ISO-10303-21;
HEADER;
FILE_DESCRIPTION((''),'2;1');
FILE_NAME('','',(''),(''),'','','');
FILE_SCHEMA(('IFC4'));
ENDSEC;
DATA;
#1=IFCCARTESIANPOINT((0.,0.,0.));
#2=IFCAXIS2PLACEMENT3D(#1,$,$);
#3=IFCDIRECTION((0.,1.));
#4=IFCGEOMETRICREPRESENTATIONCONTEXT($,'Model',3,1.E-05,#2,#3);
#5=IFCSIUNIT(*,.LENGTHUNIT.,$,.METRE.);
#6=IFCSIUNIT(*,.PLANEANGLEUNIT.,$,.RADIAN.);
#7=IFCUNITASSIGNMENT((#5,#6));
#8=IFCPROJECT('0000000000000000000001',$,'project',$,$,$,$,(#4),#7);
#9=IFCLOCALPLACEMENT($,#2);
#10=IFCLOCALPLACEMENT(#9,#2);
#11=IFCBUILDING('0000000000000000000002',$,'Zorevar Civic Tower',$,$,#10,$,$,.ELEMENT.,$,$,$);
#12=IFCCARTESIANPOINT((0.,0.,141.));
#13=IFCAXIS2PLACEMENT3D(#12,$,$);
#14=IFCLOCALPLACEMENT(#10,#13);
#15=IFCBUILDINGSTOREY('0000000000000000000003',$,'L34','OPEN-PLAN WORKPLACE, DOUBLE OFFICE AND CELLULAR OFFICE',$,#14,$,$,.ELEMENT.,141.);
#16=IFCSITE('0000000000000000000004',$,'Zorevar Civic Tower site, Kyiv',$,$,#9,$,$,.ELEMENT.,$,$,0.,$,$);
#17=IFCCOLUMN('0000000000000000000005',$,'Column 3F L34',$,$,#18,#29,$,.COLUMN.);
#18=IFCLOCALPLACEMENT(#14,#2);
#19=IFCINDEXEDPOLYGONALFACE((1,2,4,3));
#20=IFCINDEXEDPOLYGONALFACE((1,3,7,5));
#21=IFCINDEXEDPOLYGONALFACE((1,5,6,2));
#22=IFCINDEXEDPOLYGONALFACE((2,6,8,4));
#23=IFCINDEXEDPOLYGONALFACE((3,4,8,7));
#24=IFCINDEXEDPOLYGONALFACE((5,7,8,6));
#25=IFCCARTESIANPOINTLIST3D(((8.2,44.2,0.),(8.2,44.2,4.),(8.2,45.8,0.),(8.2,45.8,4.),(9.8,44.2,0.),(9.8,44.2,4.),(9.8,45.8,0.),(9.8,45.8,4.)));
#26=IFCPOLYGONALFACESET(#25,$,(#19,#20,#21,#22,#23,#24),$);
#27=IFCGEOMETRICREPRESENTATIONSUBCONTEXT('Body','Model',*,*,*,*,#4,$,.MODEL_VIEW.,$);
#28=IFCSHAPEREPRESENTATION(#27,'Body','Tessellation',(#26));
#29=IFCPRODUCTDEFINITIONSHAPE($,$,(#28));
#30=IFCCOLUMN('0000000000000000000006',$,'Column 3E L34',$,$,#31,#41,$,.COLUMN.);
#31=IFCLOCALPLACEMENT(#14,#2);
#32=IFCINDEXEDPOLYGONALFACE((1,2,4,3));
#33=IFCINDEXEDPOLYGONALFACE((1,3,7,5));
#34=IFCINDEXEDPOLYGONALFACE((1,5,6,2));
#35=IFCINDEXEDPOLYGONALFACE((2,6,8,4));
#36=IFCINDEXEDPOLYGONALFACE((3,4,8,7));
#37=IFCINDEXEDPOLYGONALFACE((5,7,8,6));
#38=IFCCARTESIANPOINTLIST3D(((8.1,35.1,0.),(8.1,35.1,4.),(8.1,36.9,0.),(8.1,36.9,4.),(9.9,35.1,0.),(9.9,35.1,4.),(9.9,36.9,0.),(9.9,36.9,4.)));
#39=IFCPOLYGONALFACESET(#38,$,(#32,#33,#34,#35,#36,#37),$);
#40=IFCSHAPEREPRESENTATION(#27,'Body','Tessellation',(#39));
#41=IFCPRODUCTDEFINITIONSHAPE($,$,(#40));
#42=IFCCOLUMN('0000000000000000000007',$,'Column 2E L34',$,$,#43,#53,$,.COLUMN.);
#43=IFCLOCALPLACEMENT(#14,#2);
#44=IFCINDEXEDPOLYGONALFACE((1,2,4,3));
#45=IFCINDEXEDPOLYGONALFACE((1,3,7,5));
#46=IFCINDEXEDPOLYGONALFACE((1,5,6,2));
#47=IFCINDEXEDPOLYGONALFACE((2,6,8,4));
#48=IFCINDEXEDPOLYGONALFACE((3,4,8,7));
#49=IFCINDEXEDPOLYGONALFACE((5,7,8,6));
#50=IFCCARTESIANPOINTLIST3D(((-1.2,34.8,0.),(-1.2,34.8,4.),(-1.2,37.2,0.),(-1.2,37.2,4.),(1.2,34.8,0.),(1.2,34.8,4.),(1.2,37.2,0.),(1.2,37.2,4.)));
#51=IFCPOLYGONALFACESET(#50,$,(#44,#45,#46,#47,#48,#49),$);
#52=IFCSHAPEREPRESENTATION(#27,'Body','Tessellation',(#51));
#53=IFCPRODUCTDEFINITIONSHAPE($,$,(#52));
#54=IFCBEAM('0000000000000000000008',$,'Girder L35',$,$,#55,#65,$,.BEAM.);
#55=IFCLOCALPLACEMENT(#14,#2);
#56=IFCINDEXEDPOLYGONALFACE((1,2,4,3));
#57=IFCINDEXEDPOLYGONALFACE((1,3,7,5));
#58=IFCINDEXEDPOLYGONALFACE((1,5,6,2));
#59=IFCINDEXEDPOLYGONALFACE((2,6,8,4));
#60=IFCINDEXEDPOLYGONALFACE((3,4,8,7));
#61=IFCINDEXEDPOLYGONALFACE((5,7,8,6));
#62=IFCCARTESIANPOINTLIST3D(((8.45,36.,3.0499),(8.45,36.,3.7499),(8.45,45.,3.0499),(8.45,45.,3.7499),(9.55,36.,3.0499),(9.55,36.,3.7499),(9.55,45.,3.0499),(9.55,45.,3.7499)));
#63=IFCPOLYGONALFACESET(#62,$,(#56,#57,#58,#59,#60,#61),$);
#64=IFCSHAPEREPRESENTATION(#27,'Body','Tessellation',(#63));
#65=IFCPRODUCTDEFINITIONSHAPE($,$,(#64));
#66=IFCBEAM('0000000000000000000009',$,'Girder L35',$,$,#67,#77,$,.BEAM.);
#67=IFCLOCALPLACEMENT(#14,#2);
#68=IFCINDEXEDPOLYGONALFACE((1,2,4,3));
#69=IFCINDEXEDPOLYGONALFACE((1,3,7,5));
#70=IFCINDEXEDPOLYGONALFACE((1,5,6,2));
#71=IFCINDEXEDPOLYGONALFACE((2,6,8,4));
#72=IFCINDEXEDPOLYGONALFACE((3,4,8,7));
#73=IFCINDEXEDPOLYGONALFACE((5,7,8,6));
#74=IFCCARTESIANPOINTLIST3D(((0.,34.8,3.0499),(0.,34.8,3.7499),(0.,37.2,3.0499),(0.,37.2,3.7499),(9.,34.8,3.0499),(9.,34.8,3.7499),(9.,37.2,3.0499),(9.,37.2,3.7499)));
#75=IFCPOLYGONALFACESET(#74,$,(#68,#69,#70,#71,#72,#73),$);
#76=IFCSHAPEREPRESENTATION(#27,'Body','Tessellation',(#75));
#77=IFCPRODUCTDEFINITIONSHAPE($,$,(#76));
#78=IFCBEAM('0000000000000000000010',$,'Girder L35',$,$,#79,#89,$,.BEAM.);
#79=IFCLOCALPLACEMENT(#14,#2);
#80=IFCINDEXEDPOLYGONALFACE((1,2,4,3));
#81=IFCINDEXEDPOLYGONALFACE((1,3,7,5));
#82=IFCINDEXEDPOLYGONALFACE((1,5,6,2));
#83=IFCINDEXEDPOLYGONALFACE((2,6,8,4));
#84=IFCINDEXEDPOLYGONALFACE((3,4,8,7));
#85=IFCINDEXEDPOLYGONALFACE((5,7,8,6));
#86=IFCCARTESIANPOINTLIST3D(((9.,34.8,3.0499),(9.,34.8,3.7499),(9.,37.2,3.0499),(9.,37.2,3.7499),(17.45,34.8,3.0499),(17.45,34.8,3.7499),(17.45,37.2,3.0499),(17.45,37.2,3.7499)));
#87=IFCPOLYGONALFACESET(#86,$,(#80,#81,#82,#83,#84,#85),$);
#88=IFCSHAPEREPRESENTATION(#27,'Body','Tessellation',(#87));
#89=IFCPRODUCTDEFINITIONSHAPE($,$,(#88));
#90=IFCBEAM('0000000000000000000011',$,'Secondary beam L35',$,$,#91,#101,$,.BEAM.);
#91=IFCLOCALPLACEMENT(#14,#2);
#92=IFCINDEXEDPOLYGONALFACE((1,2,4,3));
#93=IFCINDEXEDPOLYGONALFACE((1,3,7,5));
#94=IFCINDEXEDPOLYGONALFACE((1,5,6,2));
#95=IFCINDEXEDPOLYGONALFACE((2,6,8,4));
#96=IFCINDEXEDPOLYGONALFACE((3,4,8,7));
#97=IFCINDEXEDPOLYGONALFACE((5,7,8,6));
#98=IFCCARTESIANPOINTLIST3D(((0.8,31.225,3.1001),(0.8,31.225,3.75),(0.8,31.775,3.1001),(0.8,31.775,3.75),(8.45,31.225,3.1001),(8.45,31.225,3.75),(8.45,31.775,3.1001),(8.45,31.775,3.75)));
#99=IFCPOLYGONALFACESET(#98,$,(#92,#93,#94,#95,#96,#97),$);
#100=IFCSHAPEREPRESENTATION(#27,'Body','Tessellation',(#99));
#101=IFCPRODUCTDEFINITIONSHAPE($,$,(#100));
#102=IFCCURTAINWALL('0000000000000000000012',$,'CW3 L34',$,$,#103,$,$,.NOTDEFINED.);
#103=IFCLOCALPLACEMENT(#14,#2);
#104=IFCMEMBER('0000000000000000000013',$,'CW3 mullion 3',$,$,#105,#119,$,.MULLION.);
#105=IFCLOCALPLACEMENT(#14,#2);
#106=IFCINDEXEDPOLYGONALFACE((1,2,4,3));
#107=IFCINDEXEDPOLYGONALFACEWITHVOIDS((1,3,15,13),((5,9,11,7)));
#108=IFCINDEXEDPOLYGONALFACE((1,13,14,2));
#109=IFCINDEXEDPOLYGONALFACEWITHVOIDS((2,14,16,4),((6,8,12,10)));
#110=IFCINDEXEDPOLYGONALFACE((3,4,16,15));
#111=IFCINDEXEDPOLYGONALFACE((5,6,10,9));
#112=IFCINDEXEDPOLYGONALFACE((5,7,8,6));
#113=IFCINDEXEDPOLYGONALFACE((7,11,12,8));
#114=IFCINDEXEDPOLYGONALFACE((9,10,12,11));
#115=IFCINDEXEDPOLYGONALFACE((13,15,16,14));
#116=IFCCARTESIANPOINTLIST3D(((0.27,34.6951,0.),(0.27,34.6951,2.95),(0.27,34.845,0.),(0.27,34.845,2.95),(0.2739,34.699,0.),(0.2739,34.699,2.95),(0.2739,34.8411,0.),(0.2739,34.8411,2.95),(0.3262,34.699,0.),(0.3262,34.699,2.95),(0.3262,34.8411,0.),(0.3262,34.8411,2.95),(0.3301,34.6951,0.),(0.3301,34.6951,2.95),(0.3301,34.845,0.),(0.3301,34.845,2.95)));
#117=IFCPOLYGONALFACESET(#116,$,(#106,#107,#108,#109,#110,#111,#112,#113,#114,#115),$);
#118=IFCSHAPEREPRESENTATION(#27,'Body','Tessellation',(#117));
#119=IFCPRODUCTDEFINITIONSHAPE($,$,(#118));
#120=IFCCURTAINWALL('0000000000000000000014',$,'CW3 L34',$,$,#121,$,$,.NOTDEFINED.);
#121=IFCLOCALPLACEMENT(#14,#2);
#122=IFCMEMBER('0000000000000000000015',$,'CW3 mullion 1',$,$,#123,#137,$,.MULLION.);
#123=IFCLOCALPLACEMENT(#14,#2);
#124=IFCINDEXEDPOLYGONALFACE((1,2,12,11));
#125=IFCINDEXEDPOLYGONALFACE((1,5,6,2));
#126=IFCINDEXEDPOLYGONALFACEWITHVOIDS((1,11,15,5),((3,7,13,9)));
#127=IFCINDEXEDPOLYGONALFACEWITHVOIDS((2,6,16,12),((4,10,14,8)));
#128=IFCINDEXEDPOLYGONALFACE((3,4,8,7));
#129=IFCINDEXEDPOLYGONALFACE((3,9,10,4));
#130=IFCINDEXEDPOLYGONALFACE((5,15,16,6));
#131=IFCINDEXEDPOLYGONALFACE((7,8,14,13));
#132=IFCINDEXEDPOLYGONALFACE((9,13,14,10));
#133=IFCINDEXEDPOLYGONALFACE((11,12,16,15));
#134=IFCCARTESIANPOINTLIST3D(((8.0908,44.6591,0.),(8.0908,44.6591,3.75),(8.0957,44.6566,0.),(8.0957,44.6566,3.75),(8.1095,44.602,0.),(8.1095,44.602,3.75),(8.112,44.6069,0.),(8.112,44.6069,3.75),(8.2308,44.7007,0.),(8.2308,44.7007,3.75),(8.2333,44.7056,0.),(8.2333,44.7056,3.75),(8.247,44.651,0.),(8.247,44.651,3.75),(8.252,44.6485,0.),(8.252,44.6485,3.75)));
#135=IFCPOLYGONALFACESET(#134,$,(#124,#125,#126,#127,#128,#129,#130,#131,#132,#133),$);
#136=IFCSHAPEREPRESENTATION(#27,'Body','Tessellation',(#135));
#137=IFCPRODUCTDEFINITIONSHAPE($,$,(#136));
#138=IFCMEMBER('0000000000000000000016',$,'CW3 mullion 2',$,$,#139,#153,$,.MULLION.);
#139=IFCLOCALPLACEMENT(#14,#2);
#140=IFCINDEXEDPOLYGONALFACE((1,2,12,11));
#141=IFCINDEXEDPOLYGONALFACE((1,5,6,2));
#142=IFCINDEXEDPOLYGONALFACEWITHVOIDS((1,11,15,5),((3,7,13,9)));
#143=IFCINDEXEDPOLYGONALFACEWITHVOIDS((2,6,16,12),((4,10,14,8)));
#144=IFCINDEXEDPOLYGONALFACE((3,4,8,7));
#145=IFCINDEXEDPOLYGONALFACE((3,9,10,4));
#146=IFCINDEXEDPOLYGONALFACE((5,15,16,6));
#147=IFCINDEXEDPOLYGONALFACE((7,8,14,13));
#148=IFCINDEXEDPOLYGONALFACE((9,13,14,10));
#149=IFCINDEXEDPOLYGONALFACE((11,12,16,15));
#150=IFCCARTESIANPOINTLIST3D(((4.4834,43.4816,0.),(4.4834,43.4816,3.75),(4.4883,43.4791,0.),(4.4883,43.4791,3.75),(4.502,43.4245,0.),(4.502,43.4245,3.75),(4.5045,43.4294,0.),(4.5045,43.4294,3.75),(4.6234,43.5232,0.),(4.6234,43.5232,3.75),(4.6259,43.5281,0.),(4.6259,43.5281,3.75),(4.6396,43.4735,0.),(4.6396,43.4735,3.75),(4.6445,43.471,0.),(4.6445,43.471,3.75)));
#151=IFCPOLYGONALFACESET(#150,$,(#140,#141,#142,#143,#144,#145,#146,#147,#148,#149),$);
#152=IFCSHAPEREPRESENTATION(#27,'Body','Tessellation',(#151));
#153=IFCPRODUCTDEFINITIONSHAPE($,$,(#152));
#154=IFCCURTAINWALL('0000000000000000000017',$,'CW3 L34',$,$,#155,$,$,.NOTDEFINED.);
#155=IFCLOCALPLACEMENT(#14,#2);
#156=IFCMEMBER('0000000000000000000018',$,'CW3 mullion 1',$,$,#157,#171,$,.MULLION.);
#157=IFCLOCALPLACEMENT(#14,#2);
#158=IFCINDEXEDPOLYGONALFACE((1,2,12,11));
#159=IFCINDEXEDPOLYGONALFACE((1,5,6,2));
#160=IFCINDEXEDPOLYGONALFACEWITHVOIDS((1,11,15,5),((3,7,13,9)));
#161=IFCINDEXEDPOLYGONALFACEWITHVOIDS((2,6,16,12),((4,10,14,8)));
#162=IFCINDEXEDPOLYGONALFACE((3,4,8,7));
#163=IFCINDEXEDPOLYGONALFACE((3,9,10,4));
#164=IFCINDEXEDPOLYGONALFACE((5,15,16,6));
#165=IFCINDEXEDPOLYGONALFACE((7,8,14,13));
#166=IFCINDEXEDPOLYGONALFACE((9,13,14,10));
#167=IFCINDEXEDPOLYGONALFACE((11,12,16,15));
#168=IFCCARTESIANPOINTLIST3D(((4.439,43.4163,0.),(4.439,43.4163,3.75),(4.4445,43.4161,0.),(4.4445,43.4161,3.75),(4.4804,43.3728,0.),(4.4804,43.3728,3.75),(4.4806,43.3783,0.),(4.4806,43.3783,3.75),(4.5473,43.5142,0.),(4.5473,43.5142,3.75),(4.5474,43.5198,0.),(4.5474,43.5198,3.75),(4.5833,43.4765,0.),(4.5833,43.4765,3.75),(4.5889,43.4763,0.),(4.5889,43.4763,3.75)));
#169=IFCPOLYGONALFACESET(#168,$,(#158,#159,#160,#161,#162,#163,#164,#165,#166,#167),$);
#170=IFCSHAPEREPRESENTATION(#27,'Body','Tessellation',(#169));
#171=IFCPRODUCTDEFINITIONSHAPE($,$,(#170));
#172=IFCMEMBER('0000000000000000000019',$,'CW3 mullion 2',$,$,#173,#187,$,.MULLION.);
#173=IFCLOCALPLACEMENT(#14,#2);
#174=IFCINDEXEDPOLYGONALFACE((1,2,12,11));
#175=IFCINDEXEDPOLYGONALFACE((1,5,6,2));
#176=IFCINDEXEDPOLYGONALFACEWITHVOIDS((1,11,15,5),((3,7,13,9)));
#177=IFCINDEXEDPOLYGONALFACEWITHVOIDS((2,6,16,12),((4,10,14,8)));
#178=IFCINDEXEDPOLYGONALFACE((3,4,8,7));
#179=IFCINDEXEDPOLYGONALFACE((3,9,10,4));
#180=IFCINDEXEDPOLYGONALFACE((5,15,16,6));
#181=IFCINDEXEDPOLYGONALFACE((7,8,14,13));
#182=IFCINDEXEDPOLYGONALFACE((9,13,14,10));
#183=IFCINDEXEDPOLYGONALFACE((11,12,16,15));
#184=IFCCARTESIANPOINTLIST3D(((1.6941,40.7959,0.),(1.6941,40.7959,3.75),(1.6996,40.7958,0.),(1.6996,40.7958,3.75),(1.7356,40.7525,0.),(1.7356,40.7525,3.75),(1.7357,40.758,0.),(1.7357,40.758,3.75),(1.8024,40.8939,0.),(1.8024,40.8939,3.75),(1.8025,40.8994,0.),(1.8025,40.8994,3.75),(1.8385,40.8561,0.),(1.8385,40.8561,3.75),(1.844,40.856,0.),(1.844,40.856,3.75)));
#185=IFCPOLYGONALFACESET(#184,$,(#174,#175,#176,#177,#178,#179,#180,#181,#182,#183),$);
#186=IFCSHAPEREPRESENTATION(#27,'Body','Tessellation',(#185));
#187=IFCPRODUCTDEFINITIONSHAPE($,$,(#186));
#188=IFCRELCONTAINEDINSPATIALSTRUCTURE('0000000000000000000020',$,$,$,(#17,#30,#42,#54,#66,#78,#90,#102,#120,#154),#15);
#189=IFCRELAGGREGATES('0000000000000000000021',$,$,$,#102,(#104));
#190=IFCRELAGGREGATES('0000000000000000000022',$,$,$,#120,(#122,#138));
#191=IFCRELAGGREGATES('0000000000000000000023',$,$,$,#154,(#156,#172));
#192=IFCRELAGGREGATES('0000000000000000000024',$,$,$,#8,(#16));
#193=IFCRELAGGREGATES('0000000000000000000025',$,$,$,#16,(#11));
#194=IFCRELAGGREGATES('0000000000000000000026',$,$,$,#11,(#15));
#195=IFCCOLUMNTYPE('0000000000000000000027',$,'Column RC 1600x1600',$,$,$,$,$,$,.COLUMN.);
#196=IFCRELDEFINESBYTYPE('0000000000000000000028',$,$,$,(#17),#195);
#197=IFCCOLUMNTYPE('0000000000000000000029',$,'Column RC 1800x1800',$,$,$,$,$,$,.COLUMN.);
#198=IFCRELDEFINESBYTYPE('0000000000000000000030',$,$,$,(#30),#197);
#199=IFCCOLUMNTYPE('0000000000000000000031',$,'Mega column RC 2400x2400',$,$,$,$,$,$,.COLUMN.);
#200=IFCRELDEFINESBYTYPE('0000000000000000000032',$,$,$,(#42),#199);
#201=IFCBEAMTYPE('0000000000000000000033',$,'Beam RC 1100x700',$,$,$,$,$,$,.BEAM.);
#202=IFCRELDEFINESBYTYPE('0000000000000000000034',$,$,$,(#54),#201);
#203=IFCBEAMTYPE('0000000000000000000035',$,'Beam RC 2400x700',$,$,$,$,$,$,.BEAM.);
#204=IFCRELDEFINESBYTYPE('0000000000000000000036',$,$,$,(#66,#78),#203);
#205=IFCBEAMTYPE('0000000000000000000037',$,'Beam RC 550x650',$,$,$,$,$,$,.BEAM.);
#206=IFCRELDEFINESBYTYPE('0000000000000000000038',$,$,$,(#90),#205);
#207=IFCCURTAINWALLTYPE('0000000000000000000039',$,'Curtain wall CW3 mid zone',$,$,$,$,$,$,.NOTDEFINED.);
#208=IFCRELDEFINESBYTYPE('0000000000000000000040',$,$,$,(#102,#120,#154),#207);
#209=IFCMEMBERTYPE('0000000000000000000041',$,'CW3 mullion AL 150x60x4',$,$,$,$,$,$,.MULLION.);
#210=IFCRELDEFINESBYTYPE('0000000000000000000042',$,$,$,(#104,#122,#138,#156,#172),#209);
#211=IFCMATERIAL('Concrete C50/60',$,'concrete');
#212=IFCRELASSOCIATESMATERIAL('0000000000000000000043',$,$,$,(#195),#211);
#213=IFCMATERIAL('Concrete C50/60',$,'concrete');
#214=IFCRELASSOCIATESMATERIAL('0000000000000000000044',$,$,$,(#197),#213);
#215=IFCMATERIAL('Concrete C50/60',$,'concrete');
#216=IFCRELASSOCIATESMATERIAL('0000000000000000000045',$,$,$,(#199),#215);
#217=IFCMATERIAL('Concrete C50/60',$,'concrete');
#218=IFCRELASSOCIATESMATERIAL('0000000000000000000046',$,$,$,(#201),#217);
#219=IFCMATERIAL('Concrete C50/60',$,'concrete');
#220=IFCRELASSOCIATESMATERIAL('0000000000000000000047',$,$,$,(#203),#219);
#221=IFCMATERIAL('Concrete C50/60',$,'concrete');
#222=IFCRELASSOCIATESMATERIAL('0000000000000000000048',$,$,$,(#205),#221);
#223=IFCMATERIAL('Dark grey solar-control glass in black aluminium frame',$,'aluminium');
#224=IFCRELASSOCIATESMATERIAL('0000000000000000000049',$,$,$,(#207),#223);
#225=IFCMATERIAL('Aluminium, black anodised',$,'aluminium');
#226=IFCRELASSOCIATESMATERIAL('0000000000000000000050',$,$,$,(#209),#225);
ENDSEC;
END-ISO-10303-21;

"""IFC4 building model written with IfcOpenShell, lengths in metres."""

from ifc_helpers import new_model, si_unit, direction, frame, origin, origin_2d, place, context, subcontext, project, spatial, rectangle, hollow_rectangle, extrude, material, material_profile, profile_set, type_object, element, aggregate, save


model = new_model("IFC4")

# Units and contexts
model_context = context("Model", 3, precision=1e-05, world=origin(), true_north=direction((0.0, 1.0)))
body_context = subcontext(model_context, "Body", "Model", "MODEL_VIEW")
ifc_project = project(units=[si_unit("LENGTHUNIT", "METRE"), si_unit("PLANEANGLEUNIT", "RADIAN")], contexts=[model_context])

# Site, building, storey
site_placement = place(None, origin())
site = spatial("IfcSite", under=ifc_project, at=site_placement, Name="Zorevar Civic Tower site, Kyiv", CompositionType="ELEMENT", RefElevation=0.0)
building_placement = place(site_placement, origin())
building = spatial("IfcBuilding", under=site, at=building_placement, Name="Zorevar Civic Tower", CompositionType="ELEMENT")
storey_placement = place(building_placement, frame((0.0, 0.0, 141.0)))
storey = spatial("IfcBuildingStorey", under=building, at=storey_placement, Name="L34", Description="OPEN-PLAN WORKPLACE, DOUBLE OFFICE AND CELLULAR OFFICE", CompositionType="ELEMENT", Elevation=141.0)

# Columns
ifc_material_1 = material(Name="Concrete C50/60", Category="concrete")
ifc_material_profile_1 = material_profile(ifc_material_1, rectangle(XDim=1.6001, YDim=1.6001, at=origin_2d()), Name="RC 1600x1600")
ifc_profile_set_1 = profile_set([ifc_material_profile_1], Name="Concrete C50/60")
column_type_1 = type_object("IfcColumnType", Name="Column RC 1600x1600", PredefinedType="COLUMN", material=ifc_profile_set_1)
column_1_placement = place(storey_placement, frame((9.0, 45.0, 0.0), z_axis=(0.0, 0.0, 1.0), x_axis=(1.0, 0.0, 0.0)))
element("IfcColumn", 1, at=column_1_placement, inside=storey, type_object=column_type_1, Name="Column 3F L34", PredefinedType="COLUMN", context=body_context, shape_type="SweptSolid", body=[
    extrude(rectangle(XDim=1.6001, YDim=1.6001, at=origin_2d()), origin(), (0.0, 0.0, 1.0), 4.0),
])
ifc_material_2 = material(Name="Concrete C50/60", Category="concrete")
ifc_material_profile_2 = material_profile(ifc_material_2, rectangle(XDim=1.8, YDim=1.8, at=origin_2d()), Name="RC 1800x1800")
ifc_profile_set_2 = profile_set([ifc_material_profile_2], Name="Concrete C50/60")
column_type_2 = type_object("IfcColumnType", Name="Column RC 1800x1800", PredefinedType="COLUMN", material=ifc_profile_set_2)
column_2_placement = place(storey_placement, frame((9.0, 36.0, 0.0), z_axis=(0.0, 0.0, 1.0), x_axis=(1.0, 0.0, 0.0)))
element("IfcColumn", 2, at=column_2_placement, inside=storey, type_object=column_type_2, Name="Column 3E L34", PredefinedType="COLUMN", context=body_context, shape_type="SweptSolid", body=[
    extrude(rectangle(XDim=1.8, YDim=1.8, at=origin_2d()), origin(), (0.0, 0.0, 1.0), 4.0),
])
ifc_material_3 = material(Name="Concrete C50/60", Category="concrete")
ifc_material_profile_3 = material_profile(ifc_material_3, rectangle(XDim=2.3999, YDim=2.3999, at=origin_2d()), Name="RC 2400x2400")
ifc_profile_set_3 = profile_set([ifc_material_profile_3], Name="Concrete C50/60")
column_type_3 = type_object("IfcColumnType", Name="Mega column RC 2400x2400", PredefinedType="COLUMN", material=ifc_profile_set_3)
column_3_placement = place(storey_placement, frame((0.0, 36.0, 0.0), z_axis=(0.0, 0.0, 1.0), x_axis=(1.0, 0.0, 0.0)))
element("IfcColumn", 3, at=column_3_placement, inside=storey, type_object=column_type_3, Name="Column 2E L34", PredefinedType="COLUMN", context=body_context, shape_type="SweptSolid", body=[
    extrude(rectangle(XDim=2.3999, YDim=2.3999, at=origin_2d()), origin(), (0.0, 0.0, 1.0), 4.0),
])

# Beams
ifc_material_4 = material(Name="Concrete C50/60", Category="concrete")
ifc_material_profile_4 = material_profile(ifc_material_4, rectangle(XDim=1.1001, YDim=0.7, at=origin_2d()), Name="RC 1100x700")
ifc_profile_set_4 = profile_set([ifc_material_profile_4], Name="Concrete C50/60")
beam_type_1 = type_object("IfcBeamType", Name="Beam RC 1100x700", PredefinedType="BEAM", material=ifc_profile_set_4)
beam_1_placement = place(storey_placement, frame((9.0, 36.0, 3.3999), z_axis=(0.0, 1.0, 0.0), x_axis=(-1.0, 0.0, 0.0)))
element("IfcBeam", 4, at=beam_1_placement, inside=storey, type_object=beam_type_1, Name="Girder L35", PredefinedType="BEAM", context=body_context, shape_type="SweptSolid", body=[
    extrude(rectangle(XDim=1.1001, YDim=0.7, at=origin_2d()), origin(), (0.0, 0.0, 1.0), 9.0),
])
ifc_material_5 = material(Name="Concrete C50/60", Category="concrete")
ifc_material_profile_5 = material_profile(ifc_material_5, rectangle(XDim=2.3999, YDim=0.7, at=origin_2d()), Name="RC 2400x700")
ifc_profile_set_5 = profile_set([ifc_material_profile_5], Name="Concrete C50/60")
beam_type_2 = type_object("IfcBeamType", Name="Beam RC 2400x700", PredefinedType="BEAM", material=ifc_profile_set_5)
beam_2_placement = place(storey_placement, frame((0.0, 36.0, 3.3999), z_axis=(1.0, 0.0, 0.0), x_axis=(0.0, 1.0, 0.0)))
element("IfcBeam", 5, at=beam_2_placement, inside=storey, type_object=beam_type_2, Name="Girder L35", PredefinedType="BEAM", context=body_context, shape_type="SweptSolid", body=[
    extrude(rectangle(XDim=2.3999, YDim=0.7, at=origin_2d()), origin(), (0.0, 0.0, 1.0), 9.0),
])
beam_3_placement = place(storey_placement, frame((9.0, 36.0, 3.3999), z_axis=(1.0, 0.0, 0.0), x_axis=(0.0, 1.0, 0.0)))
element("IfcBeam", 6, at=beam_3_placement, inside=storey, type_object=beam_type_2, Name="Girder L35", PredefinedType="BEAM", context=body_context, shape_type="SweptSolid", body=[
    extrude(rectangle(XDim=2.3999, YDim=0.7, at=origin_2d()), origin(), (0.0, 0.0, 1.0), 8.45),
])
ifc_material_6 = material(Name="Concrete C50/60", Category="concrete")
ifc_material_profile_6 = material_profile(ifc_material_6, rectangle(XDim=0.55, YDim=0.6499, at=origin_2d()), Name="RC 550x650")
ifc_profile_set_6 = profile_set([ifc_material_profile_6], Name="Concrete C50/60")
beam_type_3 = type_object("IfcBeamType", Name="Beam RC 550x650", PredefinedType="BEAM", material=ifc_profile_set_6)
beam_4_placement = place(storey_placement, frame((0.8, 31.5, 3.425), z_axis=(1.0, 0.0, 0.0), x_axis=(0.0, 1.0, 0.0)))
element("IfcBeam", 7, at=beam_4_placement, inside=storey, type_object=beam_type_3, Name="Secondary beam L35", PredefinedType="BEAM", context=body_context, shape_type="SweptSolid", body=[
    extrude(rectangle(XDim=0.55, YDim=0.6499, at=origin_2d()), origin(), (0.0, 0.0, 1.0), 7.6499),
])

# Curtain wall, member
ifc_material_7 = material(Name="Dark grey solar-control glass in black aluminium frame", Category="aluminium")
curtain_wall_type = type_object("IfcCurtainWallType", Name="Curtain wall CW3 mid zone", PredefinedType="NOTDEFINED", material=ifc_material_7)
curtain_wall_1_placement = place(storey_placement, origin())
curtain_wall_1 = element("IfcCurtainWall", 8, at=curtain_wall_1_placement, inside=storey, type_object=curtain_wall_type, Name="CW3 L34", PredefinedType="NOTDEFINED")
ifc_material_8 = material(Name="Aluminium, black anodised", Category="aluminium")
ifc_material_profile_7 = material_profile(ifc_material_8, hollow_rectangle(XDim=0.0601, YDim=0.1499, WallThickness=0.0039, at=origin_2d()), Name="AL 150x60x4")
ifc_profile_set_7 = profile_set([ifc_material_profile_7], Name="Aluminium, black anodised")
member_type_1 = type_object("IfcMemberType", Name="CW3 mullion AL 150x60x4", PredefinedType="MULLION", material=ifc_profile_set_7)
member_1_placement = place(storey_placement, frame((0.3, 34.77, 0.0), z_axis=(0.0, 0.0, 1.0), x_axis=(-1.0, 0.0, 0.0)))
member_1 = element("IfcMember", 9, at=member_1_placement, type_object=member_type_1, Name="CW3 mullion 3", PredefinedType="MULLION", context=body_context, shape_type="SweptSolid", body=[
    extrude(hollow_rectangle(XDim=0.0601, YDim=0.1499, WallThickness=0.0039, at=origin_2d()), origin(), (0.0, 0.0, 1.0), 2.95),
])

# Curtain walls, members
curtain_wall_2_placement = place(storey_placement, origin())
curtain_wall_2 = element("IfcCurtainWall", 10, at=curtain_wall_2_placement, inside=storey, type_object=curtain_wall_type, Name="CW3 L34", PredefinedType="NOTDEFINED")
member_2_placement = place(storey_placement, frame((8.1714, 44.6538, 0.0), z_axis=(0.0, 0.0, 1.0), x_axis=(0.310263, -0.950651, 0.0)))
member_2 = element("IfcMember", 11, at=member_2_placement, type_object=member_type_1, Name="CW3 mullion 1", PredefinedType="MULLION", context=body_context, shape_type="SweptSolid", body=[
    extrude(hollow_rectangle(XDim=0.0601, YDim=0.1499, WallThickness=0.0039, at=origin_2d()), origin(), (0.0, 0.0, 1.0), 3.75),
])
member_3_placement = place(storey_placement, frame((4.564, 43.4763, 0.0), z_axis=(0.0, 0.0, 1.0), x_axis=(0.310263, -0.950651, 0.0)))
member_3 = element("IfcMember", 12, at=member_3_placement, type_object=member_type_1, Name="CW3 mullion 2", PredefinedType="MULLION", context=body_context, shape_type="SweptSolid", body=[
    extrude(hollow_rectangle(XDim=0.0601, YDim=0.1499, WallThickness=0.0039, at=origin_2d()), origin(), (0.0, 0.0, 1.0), 3.75),
])
curtain_wall_3_placement = place(storey_placement, origin())
curtain_wall_3 = element("IfcCurtainWall", 13, at=curtain_wall_3_placement, inside=storey, type_object=curtain_wall_type, Name="CW3 L34", PredefinedType="NOTDEFINED")
member_4_placement = place(storey_placement, frame((4.5139, 43.4463, 0.0), z_axis=(0.0, 0.0, 1.0), x_axis=(0.690545, -0.723289, 0.0)))
member_4 = element("IfcMember", 14, at=member_4_placement, type_object=member_type_1, Name="CW3 mullion 1", PredefinedType="MULLION", context=body_context, shape_type="SweptSolid", body=[
    extrude(hollow_rectangle(XDim=0.0601, YDim=0.1499, WallThickness=0.0039, at=origin_2d()), origin(), (0.0, 0.0, 1.0), 3.75),
])
member_5_placement = place(storey_placement, frame((1.769, 40.8259, 0.0), z_axis=(0.0, 0.0, 1.0), x_axis=(0.690545, -0.723289, 0.0)))
member_5 = element("IfcMember", 15, at=member_5_placement, type_object=member_type_1, Name="CW3 mullion 2", PredefinedType="MULLION", context=body_context, shape_type="SweptSolid", body=[
    extrude(hollow_rectangle(XDim=0.0601, YDim=0.1499, WallThickness=0.0039, at=origin_2d()), origin(), (0.0, 0.0, 1.0), 3.75),
])

aggregate(curtain_wall_1, [member_1])
aggregate(curtain_wall_2, [member_2, member_3])
aggregate(curtain_wall_3, [member_4, member_5])

save(model, "model.ifc")
